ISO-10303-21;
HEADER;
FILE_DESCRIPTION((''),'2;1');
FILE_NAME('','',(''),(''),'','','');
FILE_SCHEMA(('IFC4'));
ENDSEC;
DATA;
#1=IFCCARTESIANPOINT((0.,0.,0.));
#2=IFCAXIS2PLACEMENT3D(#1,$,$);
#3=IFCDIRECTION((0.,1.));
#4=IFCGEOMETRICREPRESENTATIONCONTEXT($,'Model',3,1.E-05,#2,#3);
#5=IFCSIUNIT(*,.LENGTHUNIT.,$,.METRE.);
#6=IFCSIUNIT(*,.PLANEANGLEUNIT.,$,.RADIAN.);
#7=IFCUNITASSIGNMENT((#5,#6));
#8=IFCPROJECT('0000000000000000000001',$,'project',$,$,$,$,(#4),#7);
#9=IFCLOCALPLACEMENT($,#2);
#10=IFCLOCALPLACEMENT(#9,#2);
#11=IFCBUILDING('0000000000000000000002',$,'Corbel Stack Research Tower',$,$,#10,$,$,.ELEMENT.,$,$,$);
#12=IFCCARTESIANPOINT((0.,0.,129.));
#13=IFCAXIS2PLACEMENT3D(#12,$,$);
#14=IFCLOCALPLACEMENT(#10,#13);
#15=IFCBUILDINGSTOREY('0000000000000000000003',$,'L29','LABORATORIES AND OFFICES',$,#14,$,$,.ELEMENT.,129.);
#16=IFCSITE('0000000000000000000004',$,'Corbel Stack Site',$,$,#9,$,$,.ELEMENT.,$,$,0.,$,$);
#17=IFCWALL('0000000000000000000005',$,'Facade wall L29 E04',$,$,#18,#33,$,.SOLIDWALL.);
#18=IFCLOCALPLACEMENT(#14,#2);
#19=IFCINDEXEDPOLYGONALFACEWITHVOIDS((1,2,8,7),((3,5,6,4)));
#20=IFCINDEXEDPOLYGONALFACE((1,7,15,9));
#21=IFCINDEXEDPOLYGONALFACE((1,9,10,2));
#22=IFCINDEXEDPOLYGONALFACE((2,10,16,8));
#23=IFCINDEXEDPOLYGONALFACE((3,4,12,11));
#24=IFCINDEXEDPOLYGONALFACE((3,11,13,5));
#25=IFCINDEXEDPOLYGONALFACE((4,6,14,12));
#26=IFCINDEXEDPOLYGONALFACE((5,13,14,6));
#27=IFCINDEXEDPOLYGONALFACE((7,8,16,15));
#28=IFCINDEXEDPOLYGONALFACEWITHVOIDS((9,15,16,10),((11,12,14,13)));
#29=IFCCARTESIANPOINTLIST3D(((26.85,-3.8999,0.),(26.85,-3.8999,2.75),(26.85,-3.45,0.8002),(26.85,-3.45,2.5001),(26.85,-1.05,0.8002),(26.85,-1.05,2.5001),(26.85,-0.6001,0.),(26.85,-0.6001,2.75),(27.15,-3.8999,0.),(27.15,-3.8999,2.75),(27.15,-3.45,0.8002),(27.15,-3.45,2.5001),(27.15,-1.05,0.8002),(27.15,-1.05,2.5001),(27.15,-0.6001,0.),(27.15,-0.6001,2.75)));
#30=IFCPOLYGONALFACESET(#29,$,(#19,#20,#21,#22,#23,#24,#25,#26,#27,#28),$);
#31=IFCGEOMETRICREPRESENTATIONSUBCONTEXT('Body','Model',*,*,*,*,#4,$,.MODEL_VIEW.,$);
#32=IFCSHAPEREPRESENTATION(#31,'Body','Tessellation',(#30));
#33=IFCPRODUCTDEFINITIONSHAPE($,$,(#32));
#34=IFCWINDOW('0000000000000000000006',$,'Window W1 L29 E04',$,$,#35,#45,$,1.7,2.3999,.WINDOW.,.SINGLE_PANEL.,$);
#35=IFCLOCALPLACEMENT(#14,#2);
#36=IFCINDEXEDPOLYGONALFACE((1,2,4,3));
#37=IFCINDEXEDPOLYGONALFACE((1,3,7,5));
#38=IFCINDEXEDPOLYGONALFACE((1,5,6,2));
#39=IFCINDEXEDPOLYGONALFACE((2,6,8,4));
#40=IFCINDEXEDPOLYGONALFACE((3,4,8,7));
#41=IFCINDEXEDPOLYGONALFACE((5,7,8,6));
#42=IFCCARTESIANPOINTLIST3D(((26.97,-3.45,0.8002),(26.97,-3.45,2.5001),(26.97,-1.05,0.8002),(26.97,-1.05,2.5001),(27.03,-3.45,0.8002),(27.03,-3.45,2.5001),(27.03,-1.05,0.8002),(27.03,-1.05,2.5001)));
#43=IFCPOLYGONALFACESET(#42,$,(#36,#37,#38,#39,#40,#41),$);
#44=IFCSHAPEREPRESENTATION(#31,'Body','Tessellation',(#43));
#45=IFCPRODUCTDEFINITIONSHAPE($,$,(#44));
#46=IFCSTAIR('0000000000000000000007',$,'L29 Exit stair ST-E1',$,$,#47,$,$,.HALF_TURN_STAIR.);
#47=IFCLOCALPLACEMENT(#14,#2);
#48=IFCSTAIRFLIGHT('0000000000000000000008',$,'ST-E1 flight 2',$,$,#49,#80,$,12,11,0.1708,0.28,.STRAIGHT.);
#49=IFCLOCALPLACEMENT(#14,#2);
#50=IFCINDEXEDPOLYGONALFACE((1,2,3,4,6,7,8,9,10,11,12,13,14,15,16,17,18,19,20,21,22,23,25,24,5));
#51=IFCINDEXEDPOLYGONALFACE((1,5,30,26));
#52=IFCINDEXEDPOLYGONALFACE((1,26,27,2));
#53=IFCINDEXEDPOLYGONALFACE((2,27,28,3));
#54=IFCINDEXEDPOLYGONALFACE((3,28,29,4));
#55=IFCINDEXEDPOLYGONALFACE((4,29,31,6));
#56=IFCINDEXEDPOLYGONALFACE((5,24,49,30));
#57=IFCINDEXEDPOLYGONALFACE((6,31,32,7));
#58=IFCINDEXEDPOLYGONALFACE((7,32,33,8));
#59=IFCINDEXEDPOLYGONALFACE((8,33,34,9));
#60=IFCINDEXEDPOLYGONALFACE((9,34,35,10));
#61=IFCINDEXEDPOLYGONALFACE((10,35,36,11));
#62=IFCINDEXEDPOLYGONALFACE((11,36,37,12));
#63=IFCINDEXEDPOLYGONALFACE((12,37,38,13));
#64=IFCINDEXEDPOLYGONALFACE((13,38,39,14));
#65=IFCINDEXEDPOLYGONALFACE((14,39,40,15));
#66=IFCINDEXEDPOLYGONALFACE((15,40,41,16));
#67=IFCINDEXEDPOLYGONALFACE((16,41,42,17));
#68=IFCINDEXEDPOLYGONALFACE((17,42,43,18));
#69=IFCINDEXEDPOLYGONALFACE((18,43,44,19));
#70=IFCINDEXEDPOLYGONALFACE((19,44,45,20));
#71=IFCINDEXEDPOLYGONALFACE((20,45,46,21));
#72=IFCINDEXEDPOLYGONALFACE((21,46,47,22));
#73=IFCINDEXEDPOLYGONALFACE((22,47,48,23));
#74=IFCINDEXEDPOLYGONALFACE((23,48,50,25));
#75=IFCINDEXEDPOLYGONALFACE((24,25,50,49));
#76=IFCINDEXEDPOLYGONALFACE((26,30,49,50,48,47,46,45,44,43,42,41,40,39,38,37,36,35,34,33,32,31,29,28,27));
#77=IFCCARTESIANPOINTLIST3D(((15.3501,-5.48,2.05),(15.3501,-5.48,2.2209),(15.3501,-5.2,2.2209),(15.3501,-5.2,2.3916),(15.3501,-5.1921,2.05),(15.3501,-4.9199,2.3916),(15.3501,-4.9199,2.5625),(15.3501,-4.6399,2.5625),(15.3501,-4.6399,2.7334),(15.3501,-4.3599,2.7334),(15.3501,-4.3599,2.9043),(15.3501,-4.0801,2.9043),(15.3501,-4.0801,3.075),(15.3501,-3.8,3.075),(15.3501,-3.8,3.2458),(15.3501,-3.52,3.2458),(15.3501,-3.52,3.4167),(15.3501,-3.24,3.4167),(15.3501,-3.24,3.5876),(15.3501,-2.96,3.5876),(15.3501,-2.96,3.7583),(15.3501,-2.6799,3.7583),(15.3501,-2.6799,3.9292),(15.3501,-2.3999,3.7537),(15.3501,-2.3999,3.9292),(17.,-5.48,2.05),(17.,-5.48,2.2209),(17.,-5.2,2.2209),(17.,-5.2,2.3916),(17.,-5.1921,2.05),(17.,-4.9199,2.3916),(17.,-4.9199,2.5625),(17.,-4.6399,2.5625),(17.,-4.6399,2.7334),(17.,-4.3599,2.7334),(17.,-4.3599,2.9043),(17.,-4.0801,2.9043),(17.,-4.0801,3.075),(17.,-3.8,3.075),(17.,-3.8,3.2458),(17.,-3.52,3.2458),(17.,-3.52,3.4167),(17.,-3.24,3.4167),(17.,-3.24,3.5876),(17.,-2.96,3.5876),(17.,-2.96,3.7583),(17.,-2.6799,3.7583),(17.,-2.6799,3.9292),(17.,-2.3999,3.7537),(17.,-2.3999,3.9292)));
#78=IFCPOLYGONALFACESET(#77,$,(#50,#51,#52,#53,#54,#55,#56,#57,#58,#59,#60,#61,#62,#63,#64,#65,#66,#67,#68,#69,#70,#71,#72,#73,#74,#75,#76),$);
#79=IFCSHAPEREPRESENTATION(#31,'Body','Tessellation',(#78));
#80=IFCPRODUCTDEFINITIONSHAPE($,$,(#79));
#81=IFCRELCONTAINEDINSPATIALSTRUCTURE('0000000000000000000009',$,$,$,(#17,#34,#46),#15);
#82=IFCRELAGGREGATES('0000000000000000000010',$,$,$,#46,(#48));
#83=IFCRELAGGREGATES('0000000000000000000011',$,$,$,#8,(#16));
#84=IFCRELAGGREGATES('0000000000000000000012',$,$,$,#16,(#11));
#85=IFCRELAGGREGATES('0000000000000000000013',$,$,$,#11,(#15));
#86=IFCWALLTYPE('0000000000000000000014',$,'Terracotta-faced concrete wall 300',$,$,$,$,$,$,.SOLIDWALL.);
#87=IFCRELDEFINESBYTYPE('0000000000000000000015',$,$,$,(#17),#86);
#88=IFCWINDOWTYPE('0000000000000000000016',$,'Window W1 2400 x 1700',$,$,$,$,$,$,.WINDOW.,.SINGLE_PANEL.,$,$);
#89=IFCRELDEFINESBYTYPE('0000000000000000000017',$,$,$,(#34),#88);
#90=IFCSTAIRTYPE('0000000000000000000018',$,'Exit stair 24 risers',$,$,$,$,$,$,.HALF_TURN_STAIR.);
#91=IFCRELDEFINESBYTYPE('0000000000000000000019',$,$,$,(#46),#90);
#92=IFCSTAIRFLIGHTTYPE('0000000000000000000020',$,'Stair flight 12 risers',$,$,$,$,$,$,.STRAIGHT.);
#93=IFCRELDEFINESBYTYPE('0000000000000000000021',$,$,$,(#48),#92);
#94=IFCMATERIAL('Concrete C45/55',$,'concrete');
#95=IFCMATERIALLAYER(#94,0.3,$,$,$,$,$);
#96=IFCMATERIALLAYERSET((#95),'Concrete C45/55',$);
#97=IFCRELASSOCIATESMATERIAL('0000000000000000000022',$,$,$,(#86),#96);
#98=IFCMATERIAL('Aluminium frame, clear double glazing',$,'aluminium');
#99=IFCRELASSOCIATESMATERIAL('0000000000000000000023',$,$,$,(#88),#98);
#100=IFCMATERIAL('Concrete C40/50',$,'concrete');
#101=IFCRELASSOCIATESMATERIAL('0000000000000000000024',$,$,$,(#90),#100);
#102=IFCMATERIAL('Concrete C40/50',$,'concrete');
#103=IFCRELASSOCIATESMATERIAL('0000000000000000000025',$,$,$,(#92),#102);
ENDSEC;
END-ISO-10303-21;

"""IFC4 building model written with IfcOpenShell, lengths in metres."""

from ifc_helpers import new_model, si_unit, direction, frame, frame_2d, origin, place, context, subcontext, project, spatial, polyline, rectangle, outline, extrude, material, layer, layer_set, type_object, element, fill, aggregate, save


model = new_model("IFC4")

# Units and contexts
model_context = context("Model", 3, precision=1e-05, world=origin(), true_north=direction((0.0, 1.0)))
body_context = subcontext(model_context, "Body", "Model", "MODEL_VIEW")
ifc_project = project(units=[si_unit("LENGTHUNIT", "METRE"), si_unit("PLANEANGLEUNIT", "RADIAN")], contexts=[model_context])

# Site, building, storey
site_placement = place(None, origin())
site = spatial("IfcSite", under=ifc_project, at=site_placement, Name="Corbel Stack Site", CompositionType="ELEMENT", RefElevation=0.0)
building_placement = place(site_placement, origin())
building = spatial("IfcBuilding", under=site, at=building_placement, Name="Corbel Stack Research Tower", CompositionType="ELEMENT")
storey_placement = place(building_placement, frame((0.0, 0.0, 129.0)))
storey = spatial("IfcBuildingStorey", under=building, at=storey_placement, Name="L29", Description="LABORATORIES AND OFFICES", CompositionType="ELEMENT", Elevation=129.0)

# Wall, opening, window
ifc_material_1 = material(Name="Concrete C45/55", Category="concrete")
ifc_layer_1 = layer(ifc_material_1, 0.3)
ifc_layer_set_1 = layer_set([ifc_layer_1], Name="Concrete C45/55")
wall_type_1 = type_object("IfcWallType", Name="Terracotta-faced concrete wall 300", PredefinedType="SOLIDWALL", material=ifc_layer_set_1)
ifc_material_2 = material(Name="Aluminium frame, clear double glazing", Category="aluminium")
window_type = type_object("IfcWindowType", Name="Window W1 2400 x 1700", PartitioningType="SINGLE_PANEL", PredefinedType="WINDOW", material=ifc_material_2)
wall_1_placement = place(storey_placement, frame((27.0, -0.6001, 0.0), z_axis=(0.0, 0.0, 1.0), x_axis=(0.0, -1.0, 0.0)))
wall_1 = element("IfcWall", 1, at=wall_1_placement, inside=storey, type_object=wall_type_1, Name="Facade wall L29 E04", PredefinedType="SOLIDWALL", context=body_context, shape_type="SweptSolid", body=[
    extrude(rectangle(XDim=3.2998, YDim=0.3, at=frame_2d((1.6499, 0.0))), origin(), (0.0, 0.0, 1.0), 2.75),
])
opening_1_placement = place(wall_1_placement, frame((0.45, 0.0, 0.8)))
opening_1 = element("IfcOpeningElement", 2, at=opening_1_placement, cuts=wall_1, PredefinedType="OPENING", context=body_context, shape_type="SweptSolid", body=[
    extrude(rectangle(XDim=2.3999, YDim=1.7, at=frame_2d((1.2, 0.8501))), frame((0.0, 0.1599, 0.0), z_axis=(0.0, -1.0, 0.0), x_axis=(1.0, 0.0, 0.0)), (0.0, 0.0, 1.0), 0.3201),
])
window_1_placement = place(opening_1_placement, origin())
window_1 = element("IfcWindow", 3, at=window_1_placement, inside=storey, type_object=window_type, Name="Window W1 L29 E04", OverallHeight=1.7, OverallWidth=2.3999, PartitioningType="SINGLE_PANEL", PredefinedType="WINDOW", context=body_context, shape_type="SweptSolid", body=[
    extrude(rectangle(XDim=2.3999, YDim=1.7, at=frame_2d((1.2, 0.8501))), frame((0.0, 0.03, 0.0), z_axis=(0.0, -1.0, 0.0), x_axis=(1.0, 0.0, 0.0)), (0.0, 0.0, 1.0), 0.0601),
])
fill(opening_1, window_1)

# Stair, stair flight
ifc_material_3 = material(Name="Concrete C40/50", Category="concrete")
stair_type = type_object("IfcStairType", Name="Exit stair 24 risers", PredefinedType="HALF_TURN_STAIR", material=ifc_material_3)
stair_placement = place(storey_placement, origin())
stair = element("IfcStair", 4, at=stair_placement, inside=storey, type_object=stair_type, Name="L29 Exit stair ST-E1", PredefinedType="HALF_TURN_STAIR")
ifc_material_4 = material(Name="Concrete C40/50", Category="concrete")
stair_flight_type = type_object("IfcStairFlightType", Name="Stair flight 12 risers", PredefinedType="STRAIGHT", material=ifc_material_4)
stair_flight_placement = place(storey_placement, frame((16.175, -5.48, 2.05), z_axis=(0.0, 0.0, 1.0), x_axis=(0.0, 1.0, 0.0)))
stair_flight = element("IfcStairFlight", 5, at=stair_flight_placement, type_object=stair_flight_type, Name="ST-E1 flight 2", NumberOfRisers=12, NumberOfTreads=11, PredefinedType="STRAIGHT", RiserHeight=0.1708, TreadLength=0.28, context=body_context, shape_type="SweptSolid", body=[
    extrude(outline(polyline([(0.0, 0.0), (0.0, 0.1709), (0.28, 0.1709), (0.28, 0.3416), (0.5601, 0.3416), (0.5601, 0.5125), (0.8401, 0.5125), (0.8401, 0.6833), (1.1201, 0.6833), (1.1201, 0.8542), (1.3999, 0.8542), (1.3999, 1.0249), (1.6799, 1.0249), (1.6799, 1.1958), (1.96, 1.1958), (1.96, 1.3667), (2.24, 1.3667), (2.24, 1.5376), (2.52, 1.5376), (2.52, 1.7083), (2.8, 1.7083), (2.8, 1.8792), (3.0801, 1.8792), (3.0801, 2.05), (3.0801, 1.7036), (0.2878, 0.0), (0.0, 0.0)])), frame((0.0, 0.825, 0.0), z_axis=(0.0, -1.0, 0.0), x_axis=(1.0, 0.0, 0.0)), (0.0, 0.0, 1.0), 1.6499),
])
aggregate(stair, [stair_flight])

save(model, "model.ifc")
